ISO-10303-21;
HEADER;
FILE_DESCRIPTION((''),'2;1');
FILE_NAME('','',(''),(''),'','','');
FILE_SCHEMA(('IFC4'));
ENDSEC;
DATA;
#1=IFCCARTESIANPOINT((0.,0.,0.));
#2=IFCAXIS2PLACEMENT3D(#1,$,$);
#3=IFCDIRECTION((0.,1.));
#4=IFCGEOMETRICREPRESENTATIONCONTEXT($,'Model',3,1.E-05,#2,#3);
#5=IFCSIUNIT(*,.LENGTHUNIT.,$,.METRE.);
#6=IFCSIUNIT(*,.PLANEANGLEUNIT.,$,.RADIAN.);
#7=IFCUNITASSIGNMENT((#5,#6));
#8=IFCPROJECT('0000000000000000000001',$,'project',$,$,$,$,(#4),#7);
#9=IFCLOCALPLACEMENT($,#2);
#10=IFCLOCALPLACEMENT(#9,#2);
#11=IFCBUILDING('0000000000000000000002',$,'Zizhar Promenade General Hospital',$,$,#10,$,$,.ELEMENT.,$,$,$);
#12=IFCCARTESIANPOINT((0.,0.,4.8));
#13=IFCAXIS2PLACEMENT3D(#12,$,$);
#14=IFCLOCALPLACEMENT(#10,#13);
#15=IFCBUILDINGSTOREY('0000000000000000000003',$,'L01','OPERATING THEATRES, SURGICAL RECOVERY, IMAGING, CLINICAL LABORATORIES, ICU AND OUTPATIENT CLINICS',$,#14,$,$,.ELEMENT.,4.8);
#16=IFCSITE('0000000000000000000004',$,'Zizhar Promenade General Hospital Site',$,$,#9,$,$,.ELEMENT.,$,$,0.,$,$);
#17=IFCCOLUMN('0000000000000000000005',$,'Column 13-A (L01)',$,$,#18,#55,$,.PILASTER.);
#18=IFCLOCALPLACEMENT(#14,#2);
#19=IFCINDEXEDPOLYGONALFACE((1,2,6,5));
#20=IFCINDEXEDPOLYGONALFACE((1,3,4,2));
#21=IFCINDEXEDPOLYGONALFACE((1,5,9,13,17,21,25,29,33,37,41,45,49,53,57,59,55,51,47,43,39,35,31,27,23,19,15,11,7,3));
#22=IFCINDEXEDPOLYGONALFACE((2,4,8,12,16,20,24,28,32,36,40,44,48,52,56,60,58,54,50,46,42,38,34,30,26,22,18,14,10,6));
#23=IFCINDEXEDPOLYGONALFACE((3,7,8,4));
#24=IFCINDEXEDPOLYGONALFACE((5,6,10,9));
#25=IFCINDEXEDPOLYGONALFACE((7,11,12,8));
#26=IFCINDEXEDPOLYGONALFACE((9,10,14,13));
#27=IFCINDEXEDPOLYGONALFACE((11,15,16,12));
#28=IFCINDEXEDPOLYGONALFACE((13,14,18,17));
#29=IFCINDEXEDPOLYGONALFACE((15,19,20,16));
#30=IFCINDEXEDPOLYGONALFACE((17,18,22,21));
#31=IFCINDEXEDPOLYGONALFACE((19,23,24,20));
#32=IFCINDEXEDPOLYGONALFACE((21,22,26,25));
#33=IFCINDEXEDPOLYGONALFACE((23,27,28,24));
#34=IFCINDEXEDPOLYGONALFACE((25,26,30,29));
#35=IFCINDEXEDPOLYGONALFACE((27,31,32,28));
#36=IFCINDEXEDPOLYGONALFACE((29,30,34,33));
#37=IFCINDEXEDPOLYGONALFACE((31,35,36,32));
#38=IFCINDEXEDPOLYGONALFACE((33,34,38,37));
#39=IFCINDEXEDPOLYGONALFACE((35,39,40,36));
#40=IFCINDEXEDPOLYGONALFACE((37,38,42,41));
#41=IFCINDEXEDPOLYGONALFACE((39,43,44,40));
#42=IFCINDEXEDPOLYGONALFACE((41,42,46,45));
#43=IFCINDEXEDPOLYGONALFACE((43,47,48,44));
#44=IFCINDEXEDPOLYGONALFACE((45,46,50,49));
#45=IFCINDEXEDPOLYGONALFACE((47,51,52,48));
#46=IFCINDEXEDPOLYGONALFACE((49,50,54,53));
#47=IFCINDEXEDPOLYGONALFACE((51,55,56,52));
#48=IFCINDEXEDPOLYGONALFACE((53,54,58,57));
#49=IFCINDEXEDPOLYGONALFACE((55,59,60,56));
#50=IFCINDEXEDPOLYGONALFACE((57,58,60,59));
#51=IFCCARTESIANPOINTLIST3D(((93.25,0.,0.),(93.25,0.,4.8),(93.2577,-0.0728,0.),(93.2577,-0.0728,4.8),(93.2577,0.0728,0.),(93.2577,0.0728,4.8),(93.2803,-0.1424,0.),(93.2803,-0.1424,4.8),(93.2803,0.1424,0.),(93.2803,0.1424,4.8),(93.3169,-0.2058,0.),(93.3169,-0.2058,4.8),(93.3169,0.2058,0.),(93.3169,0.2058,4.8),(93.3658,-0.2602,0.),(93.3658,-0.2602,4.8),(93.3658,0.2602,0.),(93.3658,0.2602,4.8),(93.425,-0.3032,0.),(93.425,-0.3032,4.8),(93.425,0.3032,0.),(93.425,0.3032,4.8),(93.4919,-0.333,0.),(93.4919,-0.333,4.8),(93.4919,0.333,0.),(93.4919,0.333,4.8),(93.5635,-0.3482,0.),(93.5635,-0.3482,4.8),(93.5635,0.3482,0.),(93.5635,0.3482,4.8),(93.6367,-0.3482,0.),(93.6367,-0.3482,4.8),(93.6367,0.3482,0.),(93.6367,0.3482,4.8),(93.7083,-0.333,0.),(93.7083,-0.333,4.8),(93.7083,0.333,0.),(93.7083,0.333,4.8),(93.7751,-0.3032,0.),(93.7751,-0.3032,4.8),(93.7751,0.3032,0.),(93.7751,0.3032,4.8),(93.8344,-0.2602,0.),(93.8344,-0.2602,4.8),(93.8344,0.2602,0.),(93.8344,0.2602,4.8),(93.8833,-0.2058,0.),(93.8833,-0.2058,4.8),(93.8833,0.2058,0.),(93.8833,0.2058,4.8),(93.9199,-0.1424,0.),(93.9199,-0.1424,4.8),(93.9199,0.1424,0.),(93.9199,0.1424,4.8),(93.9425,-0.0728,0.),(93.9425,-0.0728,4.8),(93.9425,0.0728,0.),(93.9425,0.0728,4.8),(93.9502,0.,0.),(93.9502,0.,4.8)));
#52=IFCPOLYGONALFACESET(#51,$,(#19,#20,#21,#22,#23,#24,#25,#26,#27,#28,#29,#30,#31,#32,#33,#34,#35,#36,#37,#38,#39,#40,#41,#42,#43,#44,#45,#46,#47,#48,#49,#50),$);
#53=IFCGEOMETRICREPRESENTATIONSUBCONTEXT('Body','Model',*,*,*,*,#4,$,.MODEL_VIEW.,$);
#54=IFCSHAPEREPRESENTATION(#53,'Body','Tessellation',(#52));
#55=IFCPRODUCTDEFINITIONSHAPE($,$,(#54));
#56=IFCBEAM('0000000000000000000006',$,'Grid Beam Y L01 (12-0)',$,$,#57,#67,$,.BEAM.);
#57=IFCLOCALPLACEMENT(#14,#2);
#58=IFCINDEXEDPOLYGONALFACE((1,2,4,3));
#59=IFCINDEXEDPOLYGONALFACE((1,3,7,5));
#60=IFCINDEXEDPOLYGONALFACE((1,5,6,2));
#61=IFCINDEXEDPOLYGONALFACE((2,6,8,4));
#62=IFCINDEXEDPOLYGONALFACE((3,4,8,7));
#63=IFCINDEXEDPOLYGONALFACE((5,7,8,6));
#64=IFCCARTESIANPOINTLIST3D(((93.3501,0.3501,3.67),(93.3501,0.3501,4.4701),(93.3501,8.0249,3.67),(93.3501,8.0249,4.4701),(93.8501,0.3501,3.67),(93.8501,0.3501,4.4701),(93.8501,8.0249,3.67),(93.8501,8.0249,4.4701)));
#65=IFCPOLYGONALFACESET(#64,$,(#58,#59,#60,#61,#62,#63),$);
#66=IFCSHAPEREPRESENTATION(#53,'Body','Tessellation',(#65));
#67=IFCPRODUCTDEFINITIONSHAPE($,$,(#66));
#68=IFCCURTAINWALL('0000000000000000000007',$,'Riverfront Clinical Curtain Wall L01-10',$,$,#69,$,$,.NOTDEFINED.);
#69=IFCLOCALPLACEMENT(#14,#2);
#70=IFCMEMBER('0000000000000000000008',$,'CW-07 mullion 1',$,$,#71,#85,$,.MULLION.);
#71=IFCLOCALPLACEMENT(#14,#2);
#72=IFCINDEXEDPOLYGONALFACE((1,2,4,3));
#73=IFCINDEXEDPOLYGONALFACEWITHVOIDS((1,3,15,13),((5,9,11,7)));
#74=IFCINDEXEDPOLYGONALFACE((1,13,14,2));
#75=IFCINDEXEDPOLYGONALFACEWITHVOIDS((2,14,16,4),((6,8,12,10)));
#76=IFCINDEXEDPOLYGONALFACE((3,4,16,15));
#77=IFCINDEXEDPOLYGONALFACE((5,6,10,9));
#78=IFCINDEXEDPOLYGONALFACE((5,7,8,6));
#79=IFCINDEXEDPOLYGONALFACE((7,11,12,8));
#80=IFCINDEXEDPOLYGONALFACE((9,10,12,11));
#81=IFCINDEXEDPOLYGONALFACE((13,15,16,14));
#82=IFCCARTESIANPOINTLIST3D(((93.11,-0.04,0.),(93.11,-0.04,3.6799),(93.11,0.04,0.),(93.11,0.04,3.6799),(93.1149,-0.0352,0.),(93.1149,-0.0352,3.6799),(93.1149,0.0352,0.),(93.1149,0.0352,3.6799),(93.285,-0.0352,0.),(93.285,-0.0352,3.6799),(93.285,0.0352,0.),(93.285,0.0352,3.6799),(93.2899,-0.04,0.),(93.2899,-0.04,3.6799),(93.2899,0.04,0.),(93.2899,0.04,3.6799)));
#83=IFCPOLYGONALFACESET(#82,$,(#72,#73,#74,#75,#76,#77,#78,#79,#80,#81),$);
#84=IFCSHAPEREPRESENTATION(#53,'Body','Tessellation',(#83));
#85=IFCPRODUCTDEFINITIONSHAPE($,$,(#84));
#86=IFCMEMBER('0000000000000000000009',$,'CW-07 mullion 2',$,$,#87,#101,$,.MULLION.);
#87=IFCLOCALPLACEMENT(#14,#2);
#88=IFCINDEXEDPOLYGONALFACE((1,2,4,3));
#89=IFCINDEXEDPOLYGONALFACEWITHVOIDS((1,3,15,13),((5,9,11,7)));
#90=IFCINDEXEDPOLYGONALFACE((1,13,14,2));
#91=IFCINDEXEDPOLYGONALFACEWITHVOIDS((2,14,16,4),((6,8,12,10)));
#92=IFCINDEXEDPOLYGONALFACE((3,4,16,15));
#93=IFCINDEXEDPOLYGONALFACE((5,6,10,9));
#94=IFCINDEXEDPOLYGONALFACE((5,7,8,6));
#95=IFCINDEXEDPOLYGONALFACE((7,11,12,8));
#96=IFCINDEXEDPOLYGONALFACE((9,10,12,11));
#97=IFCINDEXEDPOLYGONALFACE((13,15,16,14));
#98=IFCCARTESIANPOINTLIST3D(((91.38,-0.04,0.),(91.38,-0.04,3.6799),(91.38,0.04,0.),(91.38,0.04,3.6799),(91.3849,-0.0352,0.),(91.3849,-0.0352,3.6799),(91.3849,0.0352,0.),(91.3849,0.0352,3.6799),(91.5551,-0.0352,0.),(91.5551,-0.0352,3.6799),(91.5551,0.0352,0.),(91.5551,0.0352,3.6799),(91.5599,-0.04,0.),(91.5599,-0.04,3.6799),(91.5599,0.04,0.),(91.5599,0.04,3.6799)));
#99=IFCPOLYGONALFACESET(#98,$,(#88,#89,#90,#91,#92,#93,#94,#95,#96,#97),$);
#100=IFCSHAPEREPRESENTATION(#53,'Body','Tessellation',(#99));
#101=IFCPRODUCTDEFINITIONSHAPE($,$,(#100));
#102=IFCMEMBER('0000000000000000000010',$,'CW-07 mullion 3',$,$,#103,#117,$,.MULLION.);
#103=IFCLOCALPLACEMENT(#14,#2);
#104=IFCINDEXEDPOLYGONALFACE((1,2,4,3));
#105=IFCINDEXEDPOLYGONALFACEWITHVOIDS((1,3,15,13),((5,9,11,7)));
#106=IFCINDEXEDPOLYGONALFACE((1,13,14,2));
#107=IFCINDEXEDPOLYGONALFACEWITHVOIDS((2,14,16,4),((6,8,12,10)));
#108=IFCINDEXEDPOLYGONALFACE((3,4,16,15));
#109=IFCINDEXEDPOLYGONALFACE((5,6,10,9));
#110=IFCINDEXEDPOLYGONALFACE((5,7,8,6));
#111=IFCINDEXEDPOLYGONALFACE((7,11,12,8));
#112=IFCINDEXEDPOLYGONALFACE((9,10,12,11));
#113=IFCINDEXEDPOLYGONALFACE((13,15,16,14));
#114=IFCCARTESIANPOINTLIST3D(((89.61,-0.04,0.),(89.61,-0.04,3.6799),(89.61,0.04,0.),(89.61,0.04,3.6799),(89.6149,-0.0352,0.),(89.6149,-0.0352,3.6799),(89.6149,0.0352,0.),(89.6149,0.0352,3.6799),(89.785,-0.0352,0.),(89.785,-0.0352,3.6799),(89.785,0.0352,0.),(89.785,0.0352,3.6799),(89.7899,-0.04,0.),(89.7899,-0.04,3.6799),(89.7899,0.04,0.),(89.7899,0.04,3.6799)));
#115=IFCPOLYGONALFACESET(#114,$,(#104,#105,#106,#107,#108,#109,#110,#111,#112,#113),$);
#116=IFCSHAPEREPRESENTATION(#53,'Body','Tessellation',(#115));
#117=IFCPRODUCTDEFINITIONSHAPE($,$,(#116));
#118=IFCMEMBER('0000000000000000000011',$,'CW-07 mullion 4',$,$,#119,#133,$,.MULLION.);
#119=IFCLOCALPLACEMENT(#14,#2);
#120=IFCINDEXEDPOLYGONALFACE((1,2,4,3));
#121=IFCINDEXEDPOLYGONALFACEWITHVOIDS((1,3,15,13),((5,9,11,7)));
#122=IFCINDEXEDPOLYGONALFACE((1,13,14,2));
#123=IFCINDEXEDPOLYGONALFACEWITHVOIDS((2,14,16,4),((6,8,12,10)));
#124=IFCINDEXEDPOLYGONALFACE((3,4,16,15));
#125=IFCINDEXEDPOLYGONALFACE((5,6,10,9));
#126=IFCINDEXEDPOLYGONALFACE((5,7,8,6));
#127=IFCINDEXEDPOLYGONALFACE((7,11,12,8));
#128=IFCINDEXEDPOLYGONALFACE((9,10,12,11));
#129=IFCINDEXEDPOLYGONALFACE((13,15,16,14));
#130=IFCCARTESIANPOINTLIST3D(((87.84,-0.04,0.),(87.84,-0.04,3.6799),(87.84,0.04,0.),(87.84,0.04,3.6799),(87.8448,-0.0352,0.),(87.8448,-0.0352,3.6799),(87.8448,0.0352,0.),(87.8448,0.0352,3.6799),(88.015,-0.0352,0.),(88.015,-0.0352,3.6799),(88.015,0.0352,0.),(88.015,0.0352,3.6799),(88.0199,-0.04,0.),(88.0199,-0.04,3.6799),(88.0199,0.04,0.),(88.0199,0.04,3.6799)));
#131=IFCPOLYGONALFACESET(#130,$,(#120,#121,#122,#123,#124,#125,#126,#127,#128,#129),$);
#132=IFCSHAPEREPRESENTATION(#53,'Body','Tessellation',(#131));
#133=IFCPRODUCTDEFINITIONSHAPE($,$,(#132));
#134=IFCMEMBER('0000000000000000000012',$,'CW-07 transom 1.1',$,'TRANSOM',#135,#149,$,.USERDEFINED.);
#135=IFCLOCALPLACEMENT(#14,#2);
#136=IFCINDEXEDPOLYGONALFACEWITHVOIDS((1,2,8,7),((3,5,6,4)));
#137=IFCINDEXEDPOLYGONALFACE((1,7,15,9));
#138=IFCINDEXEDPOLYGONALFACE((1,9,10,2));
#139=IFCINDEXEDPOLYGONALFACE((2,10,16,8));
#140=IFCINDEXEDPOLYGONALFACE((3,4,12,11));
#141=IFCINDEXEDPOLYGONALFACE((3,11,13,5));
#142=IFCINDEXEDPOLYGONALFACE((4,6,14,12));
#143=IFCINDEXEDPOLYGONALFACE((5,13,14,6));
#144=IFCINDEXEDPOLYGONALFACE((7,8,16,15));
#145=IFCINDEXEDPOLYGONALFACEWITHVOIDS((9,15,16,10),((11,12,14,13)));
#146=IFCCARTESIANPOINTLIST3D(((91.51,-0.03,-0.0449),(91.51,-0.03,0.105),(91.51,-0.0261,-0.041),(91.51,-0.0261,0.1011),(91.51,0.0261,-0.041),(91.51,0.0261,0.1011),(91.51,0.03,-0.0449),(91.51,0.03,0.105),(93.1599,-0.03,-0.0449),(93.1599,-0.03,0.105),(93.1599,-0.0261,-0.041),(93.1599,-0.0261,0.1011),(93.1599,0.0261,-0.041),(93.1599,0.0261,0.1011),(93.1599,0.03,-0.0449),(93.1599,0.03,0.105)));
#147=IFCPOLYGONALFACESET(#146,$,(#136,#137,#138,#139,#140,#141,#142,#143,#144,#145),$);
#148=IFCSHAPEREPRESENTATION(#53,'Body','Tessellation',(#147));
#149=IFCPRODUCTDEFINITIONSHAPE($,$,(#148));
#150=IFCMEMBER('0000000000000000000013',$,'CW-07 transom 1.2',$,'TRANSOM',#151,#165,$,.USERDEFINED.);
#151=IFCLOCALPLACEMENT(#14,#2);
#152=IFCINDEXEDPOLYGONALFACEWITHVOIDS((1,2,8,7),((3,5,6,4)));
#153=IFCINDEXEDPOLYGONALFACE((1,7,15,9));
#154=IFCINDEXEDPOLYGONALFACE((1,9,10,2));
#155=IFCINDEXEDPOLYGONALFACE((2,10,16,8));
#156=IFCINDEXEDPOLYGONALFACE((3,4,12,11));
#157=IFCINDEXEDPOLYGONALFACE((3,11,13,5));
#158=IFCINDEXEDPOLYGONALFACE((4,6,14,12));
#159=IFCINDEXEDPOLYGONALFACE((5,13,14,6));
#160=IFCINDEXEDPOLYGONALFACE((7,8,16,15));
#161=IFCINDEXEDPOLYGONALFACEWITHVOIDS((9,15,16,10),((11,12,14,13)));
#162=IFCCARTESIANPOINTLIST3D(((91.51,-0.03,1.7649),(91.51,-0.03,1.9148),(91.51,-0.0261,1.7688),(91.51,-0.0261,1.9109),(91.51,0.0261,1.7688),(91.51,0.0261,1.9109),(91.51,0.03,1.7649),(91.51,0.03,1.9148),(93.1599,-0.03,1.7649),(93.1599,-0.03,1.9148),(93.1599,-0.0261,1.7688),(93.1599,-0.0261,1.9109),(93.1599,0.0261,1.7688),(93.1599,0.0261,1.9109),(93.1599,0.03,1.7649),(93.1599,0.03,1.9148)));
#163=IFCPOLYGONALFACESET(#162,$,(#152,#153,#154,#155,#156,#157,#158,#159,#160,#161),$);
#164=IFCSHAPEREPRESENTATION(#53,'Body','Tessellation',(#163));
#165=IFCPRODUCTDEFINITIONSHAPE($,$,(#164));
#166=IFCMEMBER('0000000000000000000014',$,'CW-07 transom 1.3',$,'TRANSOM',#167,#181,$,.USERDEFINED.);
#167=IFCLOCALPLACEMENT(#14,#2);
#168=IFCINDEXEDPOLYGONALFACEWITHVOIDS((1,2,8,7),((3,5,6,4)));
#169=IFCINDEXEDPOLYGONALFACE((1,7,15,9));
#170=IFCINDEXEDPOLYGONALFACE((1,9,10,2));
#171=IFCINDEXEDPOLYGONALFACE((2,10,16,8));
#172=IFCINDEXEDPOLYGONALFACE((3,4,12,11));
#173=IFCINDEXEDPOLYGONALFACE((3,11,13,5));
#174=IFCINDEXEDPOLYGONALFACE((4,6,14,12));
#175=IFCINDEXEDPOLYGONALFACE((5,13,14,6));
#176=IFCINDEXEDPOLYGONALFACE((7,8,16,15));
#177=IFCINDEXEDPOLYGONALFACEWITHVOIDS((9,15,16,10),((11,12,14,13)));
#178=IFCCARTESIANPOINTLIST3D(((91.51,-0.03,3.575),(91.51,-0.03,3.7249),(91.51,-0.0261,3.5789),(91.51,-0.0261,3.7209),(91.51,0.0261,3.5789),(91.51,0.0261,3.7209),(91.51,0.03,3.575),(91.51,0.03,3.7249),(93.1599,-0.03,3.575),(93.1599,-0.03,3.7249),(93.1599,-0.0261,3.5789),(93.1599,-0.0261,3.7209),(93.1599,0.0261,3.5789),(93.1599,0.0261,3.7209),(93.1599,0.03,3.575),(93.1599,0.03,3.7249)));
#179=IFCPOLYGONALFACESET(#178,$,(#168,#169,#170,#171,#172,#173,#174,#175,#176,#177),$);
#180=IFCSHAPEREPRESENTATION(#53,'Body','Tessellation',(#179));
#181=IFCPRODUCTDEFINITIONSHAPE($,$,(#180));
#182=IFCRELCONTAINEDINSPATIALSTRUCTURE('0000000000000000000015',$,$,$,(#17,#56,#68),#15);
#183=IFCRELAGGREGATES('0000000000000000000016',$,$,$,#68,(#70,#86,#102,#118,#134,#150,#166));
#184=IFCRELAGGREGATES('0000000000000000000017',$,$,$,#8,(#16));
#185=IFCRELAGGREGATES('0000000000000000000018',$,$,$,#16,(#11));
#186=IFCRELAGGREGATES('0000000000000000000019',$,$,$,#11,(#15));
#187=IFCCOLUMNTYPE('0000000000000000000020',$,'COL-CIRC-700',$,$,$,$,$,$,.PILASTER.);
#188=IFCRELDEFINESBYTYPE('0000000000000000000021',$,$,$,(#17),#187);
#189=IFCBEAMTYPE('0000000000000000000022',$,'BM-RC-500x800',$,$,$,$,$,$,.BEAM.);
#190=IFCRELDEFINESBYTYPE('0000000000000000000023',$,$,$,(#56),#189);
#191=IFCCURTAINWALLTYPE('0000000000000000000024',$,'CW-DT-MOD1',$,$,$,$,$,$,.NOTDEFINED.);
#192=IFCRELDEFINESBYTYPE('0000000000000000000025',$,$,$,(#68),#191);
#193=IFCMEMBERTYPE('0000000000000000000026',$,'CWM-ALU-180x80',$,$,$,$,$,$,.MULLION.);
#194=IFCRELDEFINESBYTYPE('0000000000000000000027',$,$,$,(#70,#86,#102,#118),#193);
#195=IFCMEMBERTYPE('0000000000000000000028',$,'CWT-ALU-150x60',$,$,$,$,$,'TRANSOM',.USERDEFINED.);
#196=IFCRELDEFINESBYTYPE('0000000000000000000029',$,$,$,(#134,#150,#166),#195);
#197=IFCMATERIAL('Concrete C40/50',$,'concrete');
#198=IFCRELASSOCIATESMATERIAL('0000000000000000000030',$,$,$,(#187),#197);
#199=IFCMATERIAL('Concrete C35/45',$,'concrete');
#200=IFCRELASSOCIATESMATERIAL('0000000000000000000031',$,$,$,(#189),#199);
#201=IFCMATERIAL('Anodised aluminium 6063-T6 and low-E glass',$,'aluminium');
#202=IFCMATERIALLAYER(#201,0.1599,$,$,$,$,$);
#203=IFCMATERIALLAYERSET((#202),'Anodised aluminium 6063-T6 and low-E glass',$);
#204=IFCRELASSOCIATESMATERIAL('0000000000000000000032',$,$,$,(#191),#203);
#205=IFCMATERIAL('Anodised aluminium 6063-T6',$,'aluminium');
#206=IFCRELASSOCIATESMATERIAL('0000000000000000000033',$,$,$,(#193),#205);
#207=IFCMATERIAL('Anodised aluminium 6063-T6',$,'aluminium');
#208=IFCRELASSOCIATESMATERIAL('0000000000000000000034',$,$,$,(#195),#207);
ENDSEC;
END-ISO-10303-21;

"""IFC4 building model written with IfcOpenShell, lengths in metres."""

from ifc_helpers import new_model, si_unit, direction, frame, origin, origin_2d, place, context, subcontext, project, spatial, rectangle, hollow_rectangle, circle, extrude, material, layer, layer_set, material_profile, profile_set, type_object, element, aggregate, save


model = new_model("IFC4")

# Units and contexts
model_context = context("Model", 3, precision=1e-05, world=origin(), true_north=direction((0.0, 1.0)))
body_context = subcontext(model_context, "Body", "Model", "MODEL_VIEW")
ifc_project = project(units=[si_unit("LENGTHUNIT", "METRE"), si_unit("PLANEANGLEUNIT", "RADIAN")], contexts=[model_context])

# Site, building, storey
site_placement = place(None, origin())
site = spatial("IfcSite", under=ifc_project, at=site_placement, Name="Zizhar Promenade General Hospital Site", CompositionType="ELEMENT", RefElevation=0.0)
building_placement = place(site_placement, origin())
building = spatial("IfcBuilding", under=site, at=building_placement, Name="Zizhar Promenade General Hospital", CompositionType="ELEMENT")
storey_placement = place(building_placement, frame((0.0, 0.0, 4.8)))
storey = spatial("IfcBuildingStorey", under=building, at=storey_placement, Name="L01", Description="OPERATING THEATRES, SURGICAL RECOVERY, IMAGING, CLINICAL LABORATORIES, ICU AND OUTPATIENT CLINICS", CompositionType="ELEMENT", Elevation=4.8)

# Column
ifc_material_1 = material(Name="Concrete C40/50", Category="concrete")
ifc_material_profile_1 = material_profile(ifc_material_1, circle(Radius=0.3501, at=origin_2d()))
ifc_profile_set_1 = profile_set([ifc_material_profile_1], Name="Concrete C40/50")
column_type = type_object("IfcColumnType", Name="COL-CIRC-700", PredefinedType="PILASTER", material=ifc_profile_set_1)
column_placement = place(storey_placement, frame((93.6001, 0.0, 0.0), z_axis=(0.0, 0.0, 1.0), x_axis=(1.0, 0.0, 0.0)))
element("IfcColumn", 1, at=column_placement, inside=storey, type_object=column_type, Name="Column 13-A (L01)", PredefinedType="PILASTER", context=body_context, shape_type="SweptSolid", body=[
    extrude(circle(Radius=0.3501, at=origin_2d()), origin(), (0.0, 0.0, 1.0), 4.8),
])

# Beam
ifc_material_2 = material(Name="Concrete C35/45", Category="concrete")
ifc_material_profile_2 = material_profile(ifc_material_2, rectangle(XDim=0.5, YDim=0.8, at=origin_2d()))
ifc_profile_set_2 = profile_set([ifc_material_profile_2], Name="Concrete C35/45")
beam_type = type_object("IfcBeamType", Name="BM-RC-500x800", PredefinedType="BEAM", material=ifc_profile_set_2)
beam_placement = place(storey_placement, frame((93.6001, 0.3501, 4.0701), z_axis=(0.0, 1.0, 0.0), x_axis=(-1.0, 0.0, 0.0)))
element("IfcBeam", 2, at=beam_placement, inside=storey, type_object=beam_type, Name="Grid Beam Y L01 (12-0)", PredefinedType="BEAM", context=body_context, shape_type="SweptSolid", body=[
    extrude(rectangle(XDim=0.5, YDim=0.8, at=origin_2d()), origin(), (0.0, 0.0, 1.0), 7.6748),
])

# Curtain wall, members
ifc_material_3 = material(Name="Anodised aluminium 6063-T6 and low-E glass", Category="aluminium")
ifc_layer_1 = layer(ifc_material_3, 0.1599)
ifc_layer_set_1 = layer_set([ifc_layer_1], Name="Anodised aluminium 6063-T6 and low-E glass")
curtain_wall_type = type_object("IfcCurtainWallType", Name="CW-DT-MOD1", PredefinedType="NOTDEFINED", material=ifc_layer_set_1)
curtain_wall_placement = place(storey_placement, origin())
curtain_wall = element("IfcCurtainWall", 3, at=curtain_wall_placement, inside=storey, type_object=curtain_wall_type, Name="Riverfront Clinical Curtain Wall L01-10", PredefinedType="NOTDEFINED")
ifc_material_4 = material(Name="Anodised aluminium 6063-T6", Category="aluminium")
ifc_material_profile_3 = material_profile(ifc_material_4, hollow_rectangle(XDim=0.0801, YDim=0.1799, WallThickness=0.0049, at=origin_2d()))
ifc_profile_set_3 = profile_set([ifc_material_profile_3], Name="Anodised aluminium 6063-T6")
member_type_1 = type_object("IfcMemberType", Name="CWM-ALU-180x80", PredefinedType="MULLION", material=ifc_profile_set_3)
member_1_placement = place(storey_placement, frame((93.2, 0.0, 0.0), z_axis=(0.0, 0.0, 1.0), x_axis=(0.0, -1.0, 0.0)))
member_1 = element("IfcMember", 4, at=member_1_placement, type_object=member_type_1, Name="CW-07 mullion 1", PredefinedType="MULLION", context=body_context, shape_type="SweptSolid", body=[
    extrude(hollow_rectangle(XDim=0.0801, YDim=0.1799, WallThickness=0.0049, at=origin_2d()), origin(), (0.0, 0.0, 1.0), 3.6799),
])
member_2_placement = place(storey_placement, frame((91.47, 0.0, 0.0), z_axis=(0.0, 0.0, 1.0), x_axis=(0.0, -1.0, 0.0)))
member_2 = element("IfcMember", 5, at=member_2_placement, type_object=member_type_1, Name="CW-07 mullion 2", PredefinedType="MULLION", context=body_context, shape_type="SweptSolid", body=[
    extrude(hollow_rectangle(XDim=0.0801, YDim=0.1799, WallThickness=0.0049, at=origin_2d()), origin(), (0.0, 0.0, 1.0), 3.6799),
])
member_3_placement = place(storey_placement, frame((89.7, 0.0, 0.0), z_axis=(0.0, 0.0, 1.0), x_axis=(0.0, -1.0, 0.0)))
member_3 = element("IfcMember", 6, at=member_3_placement, type_object=member_type_1, Name="CW-07 mullion 3", PredefinedType="MULLION", context=body_context, shape_type="SweptSolid", body=[
    extrude(hollow_rectangle(XDim=0.0801, YDim=0.1799, WallThickness=0.0049, at=origin_2d()), origin(), (0.0, 0.0, 1.0), 3.6799),
])
member_4_placement = place(storey_placement, frame((87.9299, 0.0, 0.0), z_axis=(0.0, 0.0, 1.0), x_axis=(0.0, -1.0, 0.0)))
member_4 = element("IfcMember", 7, at=member_4_placement, type_object=member_type_1, Name="CW-07 mullion 4", PredefinedType="MULLION", context=body_context, shape_type="SweptSolid", body=[
    extrude(hollow_rectangle(XDim=0.0801, YDim=0.1799, WallThickness=0.0049, at=origin_2d()), origin(), (0.0, 0.0, 1.0), 3.6799),
])
ifc_material_5 = material(Name="Anodised aluminium 6063-T6", Category="aluminium")
ifc_material_profile_4 = material_profile(ifc_material_5, hollow_rectangle(XDim=0.0601, YDim=0.1499, WallThickness=0.0039, at=origin_2d()))
ifc_profile_set_4 = profile_set([ifc_material_profile_4], Name="Anodised aluminium 6063-T6")
member_type_2 = type_object("IfcMemberType", Name="CWT-ALU-150x60", ElementType="TRANSOM", PredefinedType="USERDEFINED", material=ifc_profile_set_4)
member_5_placement = place(storey_placement, frame((93.1599, 0.0, 0.03), z_axis=(-1.0, 0.0, 0.0), x_axis=(0.0, -1.0, 0.0)))
member_5 = element("IfcMember", 8, at=member_5_placement, type_object=member_type_2, Name="CW-07 transom 1.1", ObjectType="TRANSOM", PredefinedType="USERDEFINED", context=body_context, shape_type="SweptSolid", body=[
    extrude(hollow_rectangle(XDim=0.0601, YDim=0.1499, WallThickness=0.0039, at=origin_2d()), origin(), (0.0, 0.0, 1.0), 1.6499),
])
member_6_placement = place(storey_placement, frame((93.1599, 0.0, 1.8398), z_axis=(-1.0, 0.0, 0.0), x_axis=(0.0, -1.0, 0.0)))
member_6 = element("IfcMember", 9, at=member_6_placement, type_object=member_type_2, Name="CW-07 transom 1.2", ObjectType="TRANSOM", PredefinedType="USERDEFINED", context=body_context, shape_type="SweptSolid", body=[
    extrude(hollow_rectangle(XDim=0.0601, YDim=0.1499, WallThickness=0.0039, at=origin_2d()), origin(), (0.0, 0.0, 1.0), 1.6499),
])
member_7_placement = place(storey_placement, frame((93.1599, 0.0, 3.6499), z_axis=(-1.0, 0.0, 0.0), x_axis=(0.0, -1.0, 0.0)))
member_7 = element("IfcMember", 10, at=member_7_placement, type_object=member_type_2, Name="CW-07 transom 1.3", ObjectType="TRANSOM", PredefinedType="USERDEFINED", context=body_context, shape_type="SweptSolid", body=[
    extrude(hollow_rectangle(XDim=0.0601, YDim=0.1499, WallThickness=0.0039, at=origin_2d()), origin(), (0.0, 0.0, 1.0), 1.6499),
])
aggregate(curtain_wall, [member_1, member_2, member_3, member_4, member_5, member_6, member_7])

save(model, "model.ifc")
